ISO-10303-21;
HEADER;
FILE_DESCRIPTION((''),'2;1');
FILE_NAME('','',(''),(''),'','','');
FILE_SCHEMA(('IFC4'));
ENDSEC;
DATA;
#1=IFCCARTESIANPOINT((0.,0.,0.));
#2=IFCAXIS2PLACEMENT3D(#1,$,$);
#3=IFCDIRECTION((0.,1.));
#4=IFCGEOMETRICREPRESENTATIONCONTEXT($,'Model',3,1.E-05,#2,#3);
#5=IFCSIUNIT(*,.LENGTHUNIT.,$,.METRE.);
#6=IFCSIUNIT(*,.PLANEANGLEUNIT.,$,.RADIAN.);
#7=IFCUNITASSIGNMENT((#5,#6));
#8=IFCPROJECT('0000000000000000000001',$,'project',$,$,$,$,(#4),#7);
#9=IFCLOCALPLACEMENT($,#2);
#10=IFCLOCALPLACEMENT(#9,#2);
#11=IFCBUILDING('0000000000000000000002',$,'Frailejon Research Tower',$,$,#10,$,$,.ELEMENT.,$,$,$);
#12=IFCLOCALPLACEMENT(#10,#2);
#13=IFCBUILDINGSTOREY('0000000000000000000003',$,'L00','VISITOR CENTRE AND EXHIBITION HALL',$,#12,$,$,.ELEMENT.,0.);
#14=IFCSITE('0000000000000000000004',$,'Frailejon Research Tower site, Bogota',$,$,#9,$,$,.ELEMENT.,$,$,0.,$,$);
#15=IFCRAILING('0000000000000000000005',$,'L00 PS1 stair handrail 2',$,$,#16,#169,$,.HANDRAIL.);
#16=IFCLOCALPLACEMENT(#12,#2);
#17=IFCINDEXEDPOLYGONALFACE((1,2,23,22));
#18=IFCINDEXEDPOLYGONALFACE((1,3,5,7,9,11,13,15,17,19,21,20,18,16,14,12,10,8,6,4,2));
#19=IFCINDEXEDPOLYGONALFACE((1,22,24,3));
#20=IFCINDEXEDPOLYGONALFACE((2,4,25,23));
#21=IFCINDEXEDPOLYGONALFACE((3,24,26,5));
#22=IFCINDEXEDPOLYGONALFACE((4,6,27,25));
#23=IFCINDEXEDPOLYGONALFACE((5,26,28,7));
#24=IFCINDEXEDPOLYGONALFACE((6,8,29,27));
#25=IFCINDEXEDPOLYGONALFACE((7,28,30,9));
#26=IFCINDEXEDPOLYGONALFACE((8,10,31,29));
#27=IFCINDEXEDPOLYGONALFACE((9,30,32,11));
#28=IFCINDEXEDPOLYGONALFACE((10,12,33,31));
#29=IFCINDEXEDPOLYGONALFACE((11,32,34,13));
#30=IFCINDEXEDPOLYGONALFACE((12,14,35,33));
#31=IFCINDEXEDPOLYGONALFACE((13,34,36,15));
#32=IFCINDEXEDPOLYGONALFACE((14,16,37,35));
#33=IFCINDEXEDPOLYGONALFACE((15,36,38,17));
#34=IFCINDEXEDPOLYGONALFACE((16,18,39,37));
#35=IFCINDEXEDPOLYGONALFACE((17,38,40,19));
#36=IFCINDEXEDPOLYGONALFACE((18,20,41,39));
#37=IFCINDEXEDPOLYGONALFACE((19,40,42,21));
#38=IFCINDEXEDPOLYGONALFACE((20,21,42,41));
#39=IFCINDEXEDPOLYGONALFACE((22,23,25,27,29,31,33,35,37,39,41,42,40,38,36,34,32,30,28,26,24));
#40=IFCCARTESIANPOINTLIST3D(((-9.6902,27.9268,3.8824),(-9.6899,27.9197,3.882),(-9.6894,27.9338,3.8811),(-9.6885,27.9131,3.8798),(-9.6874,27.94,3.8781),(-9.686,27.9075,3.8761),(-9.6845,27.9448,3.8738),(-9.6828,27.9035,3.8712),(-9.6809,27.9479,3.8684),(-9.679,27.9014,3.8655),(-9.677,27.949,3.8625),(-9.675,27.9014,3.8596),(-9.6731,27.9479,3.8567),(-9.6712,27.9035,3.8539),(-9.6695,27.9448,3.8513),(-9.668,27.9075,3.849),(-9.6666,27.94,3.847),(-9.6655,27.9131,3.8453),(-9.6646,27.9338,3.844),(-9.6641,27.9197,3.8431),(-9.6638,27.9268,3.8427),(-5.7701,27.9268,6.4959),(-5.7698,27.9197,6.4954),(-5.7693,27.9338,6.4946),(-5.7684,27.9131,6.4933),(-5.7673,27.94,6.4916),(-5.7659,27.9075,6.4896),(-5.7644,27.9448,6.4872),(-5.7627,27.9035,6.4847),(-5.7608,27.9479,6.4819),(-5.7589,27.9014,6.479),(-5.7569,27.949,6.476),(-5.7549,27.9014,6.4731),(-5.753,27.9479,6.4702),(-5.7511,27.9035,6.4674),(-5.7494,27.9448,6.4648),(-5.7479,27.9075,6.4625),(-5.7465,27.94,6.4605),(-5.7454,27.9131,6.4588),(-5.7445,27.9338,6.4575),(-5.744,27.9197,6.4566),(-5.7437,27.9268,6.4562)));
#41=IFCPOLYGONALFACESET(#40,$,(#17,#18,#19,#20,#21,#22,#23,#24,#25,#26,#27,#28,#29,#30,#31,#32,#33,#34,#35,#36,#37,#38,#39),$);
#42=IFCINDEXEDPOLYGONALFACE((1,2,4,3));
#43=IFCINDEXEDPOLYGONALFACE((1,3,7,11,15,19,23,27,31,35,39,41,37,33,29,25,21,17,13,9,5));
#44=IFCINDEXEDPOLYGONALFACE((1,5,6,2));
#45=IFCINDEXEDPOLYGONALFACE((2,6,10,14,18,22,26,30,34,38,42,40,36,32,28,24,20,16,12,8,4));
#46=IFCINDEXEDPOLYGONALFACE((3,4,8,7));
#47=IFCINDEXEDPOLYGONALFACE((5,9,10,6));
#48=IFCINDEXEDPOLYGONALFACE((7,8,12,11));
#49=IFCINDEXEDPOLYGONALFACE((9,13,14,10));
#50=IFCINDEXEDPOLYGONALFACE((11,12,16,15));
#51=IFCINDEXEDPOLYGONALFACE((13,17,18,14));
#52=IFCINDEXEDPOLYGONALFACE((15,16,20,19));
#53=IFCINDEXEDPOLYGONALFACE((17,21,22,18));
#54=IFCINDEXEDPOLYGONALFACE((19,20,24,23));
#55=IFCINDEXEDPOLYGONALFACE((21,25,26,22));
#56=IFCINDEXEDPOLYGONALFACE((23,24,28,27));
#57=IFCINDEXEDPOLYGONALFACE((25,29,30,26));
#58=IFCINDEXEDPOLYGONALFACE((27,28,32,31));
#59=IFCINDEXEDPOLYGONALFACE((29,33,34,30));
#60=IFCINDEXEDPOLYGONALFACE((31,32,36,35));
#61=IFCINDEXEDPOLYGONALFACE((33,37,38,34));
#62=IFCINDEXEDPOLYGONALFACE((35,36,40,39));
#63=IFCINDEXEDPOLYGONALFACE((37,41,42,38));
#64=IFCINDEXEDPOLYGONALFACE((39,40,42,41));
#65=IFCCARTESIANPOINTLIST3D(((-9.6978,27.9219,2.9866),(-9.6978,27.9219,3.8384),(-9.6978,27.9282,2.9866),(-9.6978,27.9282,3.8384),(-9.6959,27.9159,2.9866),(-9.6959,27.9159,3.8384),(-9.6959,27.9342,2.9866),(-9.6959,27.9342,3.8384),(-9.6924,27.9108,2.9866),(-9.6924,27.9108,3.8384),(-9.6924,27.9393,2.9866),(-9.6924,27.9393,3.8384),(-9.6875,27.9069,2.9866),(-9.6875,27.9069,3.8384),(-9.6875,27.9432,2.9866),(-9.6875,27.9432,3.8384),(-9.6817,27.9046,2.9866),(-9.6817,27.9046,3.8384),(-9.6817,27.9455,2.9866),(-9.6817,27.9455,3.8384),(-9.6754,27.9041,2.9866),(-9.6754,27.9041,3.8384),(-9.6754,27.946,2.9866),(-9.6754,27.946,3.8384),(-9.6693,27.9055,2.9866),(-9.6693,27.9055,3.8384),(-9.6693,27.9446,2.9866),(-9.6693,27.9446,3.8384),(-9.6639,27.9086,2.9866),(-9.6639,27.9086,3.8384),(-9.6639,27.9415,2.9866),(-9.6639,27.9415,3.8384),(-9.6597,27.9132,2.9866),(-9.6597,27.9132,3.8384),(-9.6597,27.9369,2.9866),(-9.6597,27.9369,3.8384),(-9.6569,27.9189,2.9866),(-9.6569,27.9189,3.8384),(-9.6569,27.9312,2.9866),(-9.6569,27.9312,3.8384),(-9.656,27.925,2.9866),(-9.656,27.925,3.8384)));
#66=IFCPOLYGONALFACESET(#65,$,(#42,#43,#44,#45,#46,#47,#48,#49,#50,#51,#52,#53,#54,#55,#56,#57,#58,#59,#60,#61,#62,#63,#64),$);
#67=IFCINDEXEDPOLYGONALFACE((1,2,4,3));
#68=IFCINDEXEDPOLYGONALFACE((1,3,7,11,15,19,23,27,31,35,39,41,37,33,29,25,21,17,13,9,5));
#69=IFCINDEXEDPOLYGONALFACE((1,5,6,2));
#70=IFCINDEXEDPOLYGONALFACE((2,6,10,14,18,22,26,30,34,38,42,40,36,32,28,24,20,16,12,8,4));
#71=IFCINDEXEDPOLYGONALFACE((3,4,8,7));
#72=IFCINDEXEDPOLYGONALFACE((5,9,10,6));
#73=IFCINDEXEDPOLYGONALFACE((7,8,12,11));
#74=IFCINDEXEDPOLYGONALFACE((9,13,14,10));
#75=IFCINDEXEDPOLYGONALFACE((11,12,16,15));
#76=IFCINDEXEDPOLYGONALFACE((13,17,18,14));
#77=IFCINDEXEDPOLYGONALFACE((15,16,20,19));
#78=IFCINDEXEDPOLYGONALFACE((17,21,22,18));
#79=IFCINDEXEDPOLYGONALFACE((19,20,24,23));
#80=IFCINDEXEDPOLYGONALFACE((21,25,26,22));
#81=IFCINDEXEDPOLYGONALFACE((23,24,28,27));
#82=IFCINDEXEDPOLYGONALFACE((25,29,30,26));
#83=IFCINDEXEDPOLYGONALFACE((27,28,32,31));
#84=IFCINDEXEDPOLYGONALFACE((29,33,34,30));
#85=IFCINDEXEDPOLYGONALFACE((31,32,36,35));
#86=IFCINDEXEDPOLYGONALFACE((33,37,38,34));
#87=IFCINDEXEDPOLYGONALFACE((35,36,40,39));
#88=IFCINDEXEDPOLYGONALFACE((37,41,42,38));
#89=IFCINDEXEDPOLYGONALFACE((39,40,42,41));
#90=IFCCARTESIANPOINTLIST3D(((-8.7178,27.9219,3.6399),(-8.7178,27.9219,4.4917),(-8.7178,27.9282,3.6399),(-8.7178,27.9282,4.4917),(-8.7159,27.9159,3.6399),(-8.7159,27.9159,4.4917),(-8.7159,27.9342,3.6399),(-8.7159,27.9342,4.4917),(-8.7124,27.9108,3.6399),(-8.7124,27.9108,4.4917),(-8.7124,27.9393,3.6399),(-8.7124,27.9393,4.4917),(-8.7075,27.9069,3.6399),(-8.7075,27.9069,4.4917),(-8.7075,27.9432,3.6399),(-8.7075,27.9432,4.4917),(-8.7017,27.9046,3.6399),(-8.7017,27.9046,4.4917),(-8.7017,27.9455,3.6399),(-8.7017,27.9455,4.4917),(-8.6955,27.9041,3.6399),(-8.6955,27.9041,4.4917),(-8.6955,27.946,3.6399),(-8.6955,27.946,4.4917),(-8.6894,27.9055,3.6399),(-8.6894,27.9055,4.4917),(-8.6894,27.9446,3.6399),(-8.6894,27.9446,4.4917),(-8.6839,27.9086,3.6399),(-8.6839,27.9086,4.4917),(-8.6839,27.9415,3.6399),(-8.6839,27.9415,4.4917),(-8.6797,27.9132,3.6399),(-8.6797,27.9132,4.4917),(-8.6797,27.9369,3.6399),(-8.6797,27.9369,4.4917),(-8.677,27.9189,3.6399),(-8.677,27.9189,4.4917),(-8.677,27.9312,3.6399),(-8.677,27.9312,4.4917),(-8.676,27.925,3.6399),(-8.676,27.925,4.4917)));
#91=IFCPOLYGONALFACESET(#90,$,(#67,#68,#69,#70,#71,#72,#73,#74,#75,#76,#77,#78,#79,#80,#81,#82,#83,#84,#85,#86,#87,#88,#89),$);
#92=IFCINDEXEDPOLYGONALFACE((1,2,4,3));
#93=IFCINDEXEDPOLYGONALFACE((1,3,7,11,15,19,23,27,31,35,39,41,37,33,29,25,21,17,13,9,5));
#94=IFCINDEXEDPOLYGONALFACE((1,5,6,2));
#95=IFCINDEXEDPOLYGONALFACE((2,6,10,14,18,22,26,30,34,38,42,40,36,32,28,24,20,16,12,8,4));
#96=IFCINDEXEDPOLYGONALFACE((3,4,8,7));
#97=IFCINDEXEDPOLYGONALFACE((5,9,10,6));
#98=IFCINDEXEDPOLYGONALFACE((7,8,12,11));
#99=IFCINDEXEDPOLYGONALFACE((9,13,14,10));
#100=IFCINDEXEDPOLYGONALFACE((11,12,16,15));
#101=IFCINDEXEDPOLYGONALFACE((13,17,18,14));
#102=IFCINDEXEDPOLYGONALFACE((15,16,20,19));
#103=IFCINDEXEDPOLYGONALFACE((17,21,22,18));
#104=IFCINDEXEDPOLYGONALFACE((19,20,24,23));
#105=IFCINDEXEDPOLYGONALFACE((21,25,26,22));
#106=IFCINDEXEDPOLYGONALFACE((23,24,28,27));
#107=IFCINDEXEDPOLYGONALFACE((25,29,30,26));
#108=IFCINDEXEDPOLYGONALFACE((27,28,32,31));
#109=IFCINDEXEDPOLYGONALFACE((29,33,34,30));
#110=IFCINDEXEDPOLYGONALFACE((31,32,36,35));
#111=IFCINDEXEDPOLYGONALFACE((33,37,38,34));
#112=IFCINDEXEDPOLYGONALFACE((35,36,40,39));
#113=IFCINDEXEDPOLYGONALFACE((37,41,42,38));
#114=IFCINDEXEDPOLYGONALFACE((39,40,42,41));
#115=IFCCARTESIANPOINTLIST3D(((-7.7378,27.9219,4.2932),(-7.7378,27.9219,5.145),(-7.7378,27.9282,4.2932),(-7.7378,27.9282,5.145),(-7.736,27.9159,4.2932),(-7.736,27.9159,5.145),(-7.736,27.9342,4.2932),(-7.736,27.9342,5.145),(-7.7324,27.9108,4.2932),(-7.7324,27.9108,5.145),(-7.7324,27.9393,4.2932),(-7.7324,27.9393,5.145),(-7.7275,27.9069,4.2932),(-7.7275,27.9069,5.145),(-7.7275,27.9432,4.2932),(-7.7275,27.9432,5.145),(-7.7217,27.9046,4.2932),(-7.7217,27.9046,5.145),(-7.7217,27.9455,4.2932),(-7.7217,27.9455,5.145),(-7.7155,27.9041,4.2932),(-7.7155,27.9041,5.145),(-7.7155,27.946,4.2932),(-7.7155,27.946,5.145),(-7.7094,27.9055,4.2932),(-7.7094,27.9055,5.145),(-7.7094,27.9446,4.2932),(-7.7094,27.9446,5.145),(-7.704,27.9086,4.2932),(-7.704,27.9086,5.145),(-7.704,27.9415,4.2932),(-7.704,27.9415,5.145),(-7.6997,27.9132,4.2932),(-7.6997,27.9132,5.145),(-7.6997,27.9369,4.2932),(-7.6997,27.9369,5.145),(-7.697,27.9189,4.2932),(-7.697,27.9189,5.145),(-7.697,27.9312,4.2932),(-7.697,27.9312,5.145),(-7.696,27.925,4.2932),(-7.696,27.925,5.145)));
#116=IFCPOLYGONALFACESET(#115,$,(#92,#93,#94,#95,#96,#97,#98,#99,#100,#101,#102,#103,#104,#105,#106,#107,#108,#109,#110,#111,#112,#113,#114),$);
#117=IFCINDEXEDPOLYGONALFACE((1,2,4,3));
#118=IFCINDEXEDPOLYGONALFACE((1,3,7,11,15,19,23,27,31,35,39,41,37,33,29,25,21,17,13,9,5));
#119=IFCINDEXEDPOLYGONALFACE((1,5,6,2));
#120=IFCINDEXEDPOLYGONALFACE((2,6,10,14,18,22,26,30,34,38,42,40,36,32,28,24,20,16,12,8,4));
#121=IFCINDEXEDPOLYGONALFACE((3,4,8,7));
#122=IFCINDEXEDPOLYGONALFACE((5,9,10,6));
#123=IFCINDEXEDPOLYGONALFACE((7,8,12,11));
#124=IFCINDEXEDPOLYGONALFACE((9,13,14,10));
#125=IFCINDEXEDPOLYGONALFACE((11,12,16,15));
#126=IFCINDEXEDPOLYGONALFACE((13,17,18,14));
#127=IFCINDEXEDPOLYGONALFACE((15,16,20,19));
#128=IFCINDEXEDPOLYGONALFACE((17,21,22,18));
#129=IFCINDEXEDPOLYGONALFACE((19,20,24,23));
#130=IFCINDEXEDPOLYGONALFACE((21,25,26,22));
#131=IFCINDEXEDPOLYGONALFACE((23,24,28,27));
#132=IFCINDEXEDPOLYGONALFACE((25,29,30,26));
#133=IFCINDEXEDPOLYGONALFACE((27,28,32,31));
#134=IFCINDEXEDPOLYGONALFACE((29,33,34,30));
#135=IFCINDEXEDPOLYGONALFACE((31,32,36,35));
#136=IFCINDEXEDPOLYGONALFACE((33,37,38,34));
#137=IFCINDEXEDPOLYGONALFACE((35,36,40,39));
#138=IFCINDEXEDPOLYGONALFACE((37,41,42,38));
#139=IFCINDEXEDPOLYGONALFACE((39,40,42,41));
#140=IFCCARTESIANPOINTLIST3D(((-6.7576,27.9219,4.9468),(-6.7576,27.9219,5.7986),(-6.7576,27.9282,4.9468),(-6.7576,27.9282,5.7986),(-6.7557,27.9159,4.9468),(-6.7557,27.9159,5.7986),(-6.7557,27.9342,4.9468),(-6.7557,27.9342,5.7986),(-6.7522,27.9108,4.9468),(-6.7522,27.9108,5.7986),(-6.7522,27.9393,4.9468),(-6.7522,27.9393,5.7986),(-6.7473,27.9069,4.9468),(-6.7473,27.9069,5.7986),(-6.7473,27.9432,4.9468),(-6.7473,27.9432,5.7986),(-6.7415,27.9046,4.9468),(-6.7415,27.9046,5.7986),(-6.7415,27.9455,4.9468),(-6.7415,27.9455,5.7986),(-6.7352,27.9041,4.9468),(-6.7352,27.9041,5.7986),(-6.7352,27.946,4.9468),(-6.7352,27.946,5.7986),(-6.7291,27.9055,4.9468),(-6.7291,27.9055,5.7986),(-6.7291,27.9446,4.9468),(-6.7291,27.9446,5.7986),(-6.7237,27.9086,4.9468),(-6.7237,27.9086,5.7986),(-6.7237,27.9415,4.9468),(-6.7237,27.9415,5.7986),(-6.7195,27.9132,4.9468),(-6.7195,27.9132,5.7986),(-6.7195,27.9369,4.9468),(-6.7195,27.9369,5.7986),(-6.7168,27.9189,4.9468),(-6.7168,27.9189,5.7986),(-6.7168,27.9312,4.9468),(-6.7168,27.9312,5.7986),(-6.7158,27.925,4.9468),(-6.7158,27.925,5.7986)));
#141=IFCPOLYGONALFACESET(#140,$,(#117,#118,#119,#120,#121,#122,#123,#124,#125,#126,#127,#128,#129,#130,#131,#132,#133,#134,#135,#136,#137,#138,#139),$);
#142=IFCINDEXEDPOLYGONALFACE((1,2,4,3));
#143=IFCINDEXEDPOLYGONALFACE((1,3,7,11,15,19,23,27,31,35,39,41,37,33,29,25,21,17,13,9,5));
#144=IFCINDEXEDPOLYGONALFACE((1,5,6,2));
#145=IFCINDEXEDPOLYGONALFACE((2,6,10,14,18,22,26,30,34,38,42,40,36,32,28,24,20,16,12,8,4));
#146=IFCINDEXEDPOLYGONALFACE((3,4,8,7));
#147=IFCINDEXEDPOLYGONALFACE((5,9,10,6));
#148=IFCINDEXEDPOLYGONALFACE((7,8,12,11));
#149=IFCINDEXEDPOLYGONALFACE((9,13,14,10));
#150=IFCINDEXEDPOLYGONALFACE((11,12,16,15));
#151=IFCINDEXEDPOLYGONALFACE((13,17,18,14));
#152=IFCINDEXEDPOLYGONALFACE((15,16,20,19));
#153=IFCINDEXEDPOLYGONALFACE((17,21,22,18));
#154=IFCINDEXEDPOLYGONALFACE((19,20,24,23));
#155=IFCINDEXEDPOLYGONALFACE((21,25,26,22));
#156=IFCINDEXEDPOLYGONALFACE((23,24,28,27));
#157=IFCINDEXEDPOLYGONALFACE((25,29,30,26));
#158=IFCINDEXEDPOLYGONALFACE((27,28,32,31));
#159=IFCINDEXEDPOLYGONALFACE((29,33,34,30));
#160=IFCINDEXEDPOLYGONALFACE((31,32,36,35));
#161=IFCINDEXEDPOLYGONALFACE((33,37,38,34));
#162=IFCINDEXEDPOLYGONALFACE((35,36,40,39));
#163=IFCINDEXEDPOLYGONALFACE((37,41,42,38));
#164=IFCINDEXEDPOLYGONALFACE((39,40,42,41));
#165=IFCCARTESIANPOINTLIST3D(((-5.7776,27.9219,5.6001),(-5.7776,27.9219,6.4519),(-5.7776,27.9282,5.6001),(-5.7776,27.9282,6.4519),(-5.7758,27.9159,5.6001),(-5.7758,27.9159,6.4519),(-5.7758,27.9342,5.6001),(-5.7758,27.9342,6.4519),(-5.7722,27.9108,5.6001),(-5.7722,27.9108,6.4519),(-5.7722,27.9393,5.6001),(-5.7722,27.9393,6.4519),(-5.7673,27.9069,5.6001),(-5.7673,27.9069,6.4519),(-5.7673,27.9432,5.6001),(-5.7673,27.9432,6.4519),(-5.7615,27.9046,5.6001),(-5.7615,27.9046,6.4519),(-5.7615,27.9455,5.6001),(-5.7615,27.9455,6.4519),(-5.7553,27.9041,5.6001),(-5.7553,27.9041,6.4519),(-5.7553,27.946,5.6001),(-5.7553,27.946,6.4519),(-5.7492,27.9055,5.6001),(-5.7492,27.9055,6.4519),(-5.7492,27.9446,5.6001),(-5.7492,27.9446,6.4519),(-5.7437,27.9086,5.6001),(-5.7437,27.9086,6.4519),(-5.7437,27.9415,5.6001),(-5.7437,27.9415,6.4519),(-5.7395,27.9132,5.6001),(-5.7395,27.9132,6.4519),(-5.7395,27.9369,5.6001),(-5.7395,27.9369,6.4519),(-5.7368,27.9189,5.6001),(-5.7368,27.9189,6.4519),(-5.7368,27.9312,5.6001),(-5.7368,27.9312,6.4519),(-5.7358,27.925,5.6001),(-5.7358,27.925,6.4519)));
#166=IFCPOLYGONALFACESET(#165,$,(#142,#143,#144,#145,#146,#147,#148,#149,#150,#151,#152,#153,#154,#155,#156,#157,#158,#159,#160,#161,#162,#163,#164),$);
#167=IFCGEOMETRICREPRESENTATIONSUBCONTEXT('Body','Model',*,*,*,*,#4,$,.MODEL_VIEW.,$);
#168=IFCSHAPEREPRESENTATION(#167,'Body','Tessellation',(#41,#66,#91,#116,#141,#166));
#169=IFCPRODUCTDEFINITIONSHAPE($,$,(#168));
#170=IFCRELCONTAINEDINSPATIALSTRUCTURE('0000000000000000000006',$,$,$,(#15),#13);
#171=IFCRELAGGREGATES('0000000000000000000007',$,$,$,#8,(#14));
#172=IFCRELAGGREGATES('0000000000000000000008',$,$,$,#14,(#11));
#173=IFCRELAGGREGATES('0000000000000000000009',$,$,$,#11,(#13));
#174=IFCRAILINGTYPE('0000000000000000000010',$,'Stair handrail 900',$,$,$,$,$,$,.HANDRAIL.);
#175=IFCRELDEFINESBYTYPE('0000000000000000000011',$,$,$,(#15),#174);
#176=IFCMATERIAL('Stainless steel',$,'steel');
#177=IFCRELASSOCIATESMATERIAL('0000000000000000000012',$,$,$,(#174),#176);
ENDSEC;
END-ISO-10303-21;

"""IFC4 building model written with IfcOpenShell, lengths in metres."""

from ifc_helpers import new_model, si_unit, direction, frame, origin, origin_2d, place, context, subcontext, project, spatial, circle, extrude, material, type_object, element, save


model = new_model("IFC4")

# Units and contexts
model_context = context("Model", 3, precision=1e-05, world=origin(), true_north=direction((0.0, 1.0)))
body_context = subcontext(model_context, "Body", "Model", "MODEL_VIEW")
ifc_project = project(units=[si_unit("LENGTHUNIT", "METRE"), si_unit("PLANEANGLEUNIT", "RADIAN")], contexts=[model_context])

# Site, building, storey
site_placement = place(None, origin())
site = spatial("IfcSite", under=ifc_project, at=site_placement, Name="Frailejon Research Tower site, Bogota", CompositionType="ELEMENT", RefElevation=0.0)
building_placement = place(site_placement, origin())
building = spatial("IfcBuilding", under=site, at=building_placement, Name="Frailejon Research Tower", CompositionType="ELEMENT")
storey_placement = place(building_placement, origin())
storey = spatial("IfcBuildingStorey", under=building, at=storey_placement, Name="L00", Description="VISITOR CENTRE AND EXHIBITION HALL", CompositionType="ELEMENT", Elevation=0.0)

# Railing
ifc_material_1 = material(Name="Stainless steel", Category="steel")
railing_type_1 = type_object("IfcRailingType", Name="Stair handrail 900", PredefinedType="HANDRAIL", material=ifc_material_1)
railing_1_placement = place(storey_placement, frame((-9.677, 27.925, 2.9866)))
element("IfcRailing", 1, at=railing_1_placement, inside=storey, type_object=railing_type_1, Name="L00 PS1 stair handrail 2", PredefinedType="HANDRAIL", context=body_context, shape_type="SweptSolid", body=[
    extrude(circle(Radius=0.0239, at=origin_2d()), frame((0.0, 0.0, 0.876), z_axis=(0.832042, 0.0, 0.554712), x_axis=(0.0, 1.0, 0.0)), (0.0, 0.0, 1.0), 4.7114),
    extrude(circle(Radius=0.021, at=origin_2d()), origin(), (0.0, 0.0, 1.0), 0.8518),
    extrude(circle(Radius=0.021, at=origin_2d()), frame((0.98, 0.0, 0.6533)), (0.0, 0.0, 1.0), 0.8518),
    extrude(circle(Radius=0.021, at=origin_2d()), frame((1.96, 0.0, 1.3066)), (0.0, 0.0, 1.0), 0.8518),
    extrude(circle(Radius=0.021, at=origin_2d()), frame((2.9402, 0.0, 1.9602)), (0.0, 0.0, 1.0), 0.8518),
    extrude(circle(Radius=0.021, at=origin_2d()), frame((3.9202, 0.0, 2.6135)), (0.0, 0.0, 1.0), 0.8518),
])

save(model, "model.ifc")
